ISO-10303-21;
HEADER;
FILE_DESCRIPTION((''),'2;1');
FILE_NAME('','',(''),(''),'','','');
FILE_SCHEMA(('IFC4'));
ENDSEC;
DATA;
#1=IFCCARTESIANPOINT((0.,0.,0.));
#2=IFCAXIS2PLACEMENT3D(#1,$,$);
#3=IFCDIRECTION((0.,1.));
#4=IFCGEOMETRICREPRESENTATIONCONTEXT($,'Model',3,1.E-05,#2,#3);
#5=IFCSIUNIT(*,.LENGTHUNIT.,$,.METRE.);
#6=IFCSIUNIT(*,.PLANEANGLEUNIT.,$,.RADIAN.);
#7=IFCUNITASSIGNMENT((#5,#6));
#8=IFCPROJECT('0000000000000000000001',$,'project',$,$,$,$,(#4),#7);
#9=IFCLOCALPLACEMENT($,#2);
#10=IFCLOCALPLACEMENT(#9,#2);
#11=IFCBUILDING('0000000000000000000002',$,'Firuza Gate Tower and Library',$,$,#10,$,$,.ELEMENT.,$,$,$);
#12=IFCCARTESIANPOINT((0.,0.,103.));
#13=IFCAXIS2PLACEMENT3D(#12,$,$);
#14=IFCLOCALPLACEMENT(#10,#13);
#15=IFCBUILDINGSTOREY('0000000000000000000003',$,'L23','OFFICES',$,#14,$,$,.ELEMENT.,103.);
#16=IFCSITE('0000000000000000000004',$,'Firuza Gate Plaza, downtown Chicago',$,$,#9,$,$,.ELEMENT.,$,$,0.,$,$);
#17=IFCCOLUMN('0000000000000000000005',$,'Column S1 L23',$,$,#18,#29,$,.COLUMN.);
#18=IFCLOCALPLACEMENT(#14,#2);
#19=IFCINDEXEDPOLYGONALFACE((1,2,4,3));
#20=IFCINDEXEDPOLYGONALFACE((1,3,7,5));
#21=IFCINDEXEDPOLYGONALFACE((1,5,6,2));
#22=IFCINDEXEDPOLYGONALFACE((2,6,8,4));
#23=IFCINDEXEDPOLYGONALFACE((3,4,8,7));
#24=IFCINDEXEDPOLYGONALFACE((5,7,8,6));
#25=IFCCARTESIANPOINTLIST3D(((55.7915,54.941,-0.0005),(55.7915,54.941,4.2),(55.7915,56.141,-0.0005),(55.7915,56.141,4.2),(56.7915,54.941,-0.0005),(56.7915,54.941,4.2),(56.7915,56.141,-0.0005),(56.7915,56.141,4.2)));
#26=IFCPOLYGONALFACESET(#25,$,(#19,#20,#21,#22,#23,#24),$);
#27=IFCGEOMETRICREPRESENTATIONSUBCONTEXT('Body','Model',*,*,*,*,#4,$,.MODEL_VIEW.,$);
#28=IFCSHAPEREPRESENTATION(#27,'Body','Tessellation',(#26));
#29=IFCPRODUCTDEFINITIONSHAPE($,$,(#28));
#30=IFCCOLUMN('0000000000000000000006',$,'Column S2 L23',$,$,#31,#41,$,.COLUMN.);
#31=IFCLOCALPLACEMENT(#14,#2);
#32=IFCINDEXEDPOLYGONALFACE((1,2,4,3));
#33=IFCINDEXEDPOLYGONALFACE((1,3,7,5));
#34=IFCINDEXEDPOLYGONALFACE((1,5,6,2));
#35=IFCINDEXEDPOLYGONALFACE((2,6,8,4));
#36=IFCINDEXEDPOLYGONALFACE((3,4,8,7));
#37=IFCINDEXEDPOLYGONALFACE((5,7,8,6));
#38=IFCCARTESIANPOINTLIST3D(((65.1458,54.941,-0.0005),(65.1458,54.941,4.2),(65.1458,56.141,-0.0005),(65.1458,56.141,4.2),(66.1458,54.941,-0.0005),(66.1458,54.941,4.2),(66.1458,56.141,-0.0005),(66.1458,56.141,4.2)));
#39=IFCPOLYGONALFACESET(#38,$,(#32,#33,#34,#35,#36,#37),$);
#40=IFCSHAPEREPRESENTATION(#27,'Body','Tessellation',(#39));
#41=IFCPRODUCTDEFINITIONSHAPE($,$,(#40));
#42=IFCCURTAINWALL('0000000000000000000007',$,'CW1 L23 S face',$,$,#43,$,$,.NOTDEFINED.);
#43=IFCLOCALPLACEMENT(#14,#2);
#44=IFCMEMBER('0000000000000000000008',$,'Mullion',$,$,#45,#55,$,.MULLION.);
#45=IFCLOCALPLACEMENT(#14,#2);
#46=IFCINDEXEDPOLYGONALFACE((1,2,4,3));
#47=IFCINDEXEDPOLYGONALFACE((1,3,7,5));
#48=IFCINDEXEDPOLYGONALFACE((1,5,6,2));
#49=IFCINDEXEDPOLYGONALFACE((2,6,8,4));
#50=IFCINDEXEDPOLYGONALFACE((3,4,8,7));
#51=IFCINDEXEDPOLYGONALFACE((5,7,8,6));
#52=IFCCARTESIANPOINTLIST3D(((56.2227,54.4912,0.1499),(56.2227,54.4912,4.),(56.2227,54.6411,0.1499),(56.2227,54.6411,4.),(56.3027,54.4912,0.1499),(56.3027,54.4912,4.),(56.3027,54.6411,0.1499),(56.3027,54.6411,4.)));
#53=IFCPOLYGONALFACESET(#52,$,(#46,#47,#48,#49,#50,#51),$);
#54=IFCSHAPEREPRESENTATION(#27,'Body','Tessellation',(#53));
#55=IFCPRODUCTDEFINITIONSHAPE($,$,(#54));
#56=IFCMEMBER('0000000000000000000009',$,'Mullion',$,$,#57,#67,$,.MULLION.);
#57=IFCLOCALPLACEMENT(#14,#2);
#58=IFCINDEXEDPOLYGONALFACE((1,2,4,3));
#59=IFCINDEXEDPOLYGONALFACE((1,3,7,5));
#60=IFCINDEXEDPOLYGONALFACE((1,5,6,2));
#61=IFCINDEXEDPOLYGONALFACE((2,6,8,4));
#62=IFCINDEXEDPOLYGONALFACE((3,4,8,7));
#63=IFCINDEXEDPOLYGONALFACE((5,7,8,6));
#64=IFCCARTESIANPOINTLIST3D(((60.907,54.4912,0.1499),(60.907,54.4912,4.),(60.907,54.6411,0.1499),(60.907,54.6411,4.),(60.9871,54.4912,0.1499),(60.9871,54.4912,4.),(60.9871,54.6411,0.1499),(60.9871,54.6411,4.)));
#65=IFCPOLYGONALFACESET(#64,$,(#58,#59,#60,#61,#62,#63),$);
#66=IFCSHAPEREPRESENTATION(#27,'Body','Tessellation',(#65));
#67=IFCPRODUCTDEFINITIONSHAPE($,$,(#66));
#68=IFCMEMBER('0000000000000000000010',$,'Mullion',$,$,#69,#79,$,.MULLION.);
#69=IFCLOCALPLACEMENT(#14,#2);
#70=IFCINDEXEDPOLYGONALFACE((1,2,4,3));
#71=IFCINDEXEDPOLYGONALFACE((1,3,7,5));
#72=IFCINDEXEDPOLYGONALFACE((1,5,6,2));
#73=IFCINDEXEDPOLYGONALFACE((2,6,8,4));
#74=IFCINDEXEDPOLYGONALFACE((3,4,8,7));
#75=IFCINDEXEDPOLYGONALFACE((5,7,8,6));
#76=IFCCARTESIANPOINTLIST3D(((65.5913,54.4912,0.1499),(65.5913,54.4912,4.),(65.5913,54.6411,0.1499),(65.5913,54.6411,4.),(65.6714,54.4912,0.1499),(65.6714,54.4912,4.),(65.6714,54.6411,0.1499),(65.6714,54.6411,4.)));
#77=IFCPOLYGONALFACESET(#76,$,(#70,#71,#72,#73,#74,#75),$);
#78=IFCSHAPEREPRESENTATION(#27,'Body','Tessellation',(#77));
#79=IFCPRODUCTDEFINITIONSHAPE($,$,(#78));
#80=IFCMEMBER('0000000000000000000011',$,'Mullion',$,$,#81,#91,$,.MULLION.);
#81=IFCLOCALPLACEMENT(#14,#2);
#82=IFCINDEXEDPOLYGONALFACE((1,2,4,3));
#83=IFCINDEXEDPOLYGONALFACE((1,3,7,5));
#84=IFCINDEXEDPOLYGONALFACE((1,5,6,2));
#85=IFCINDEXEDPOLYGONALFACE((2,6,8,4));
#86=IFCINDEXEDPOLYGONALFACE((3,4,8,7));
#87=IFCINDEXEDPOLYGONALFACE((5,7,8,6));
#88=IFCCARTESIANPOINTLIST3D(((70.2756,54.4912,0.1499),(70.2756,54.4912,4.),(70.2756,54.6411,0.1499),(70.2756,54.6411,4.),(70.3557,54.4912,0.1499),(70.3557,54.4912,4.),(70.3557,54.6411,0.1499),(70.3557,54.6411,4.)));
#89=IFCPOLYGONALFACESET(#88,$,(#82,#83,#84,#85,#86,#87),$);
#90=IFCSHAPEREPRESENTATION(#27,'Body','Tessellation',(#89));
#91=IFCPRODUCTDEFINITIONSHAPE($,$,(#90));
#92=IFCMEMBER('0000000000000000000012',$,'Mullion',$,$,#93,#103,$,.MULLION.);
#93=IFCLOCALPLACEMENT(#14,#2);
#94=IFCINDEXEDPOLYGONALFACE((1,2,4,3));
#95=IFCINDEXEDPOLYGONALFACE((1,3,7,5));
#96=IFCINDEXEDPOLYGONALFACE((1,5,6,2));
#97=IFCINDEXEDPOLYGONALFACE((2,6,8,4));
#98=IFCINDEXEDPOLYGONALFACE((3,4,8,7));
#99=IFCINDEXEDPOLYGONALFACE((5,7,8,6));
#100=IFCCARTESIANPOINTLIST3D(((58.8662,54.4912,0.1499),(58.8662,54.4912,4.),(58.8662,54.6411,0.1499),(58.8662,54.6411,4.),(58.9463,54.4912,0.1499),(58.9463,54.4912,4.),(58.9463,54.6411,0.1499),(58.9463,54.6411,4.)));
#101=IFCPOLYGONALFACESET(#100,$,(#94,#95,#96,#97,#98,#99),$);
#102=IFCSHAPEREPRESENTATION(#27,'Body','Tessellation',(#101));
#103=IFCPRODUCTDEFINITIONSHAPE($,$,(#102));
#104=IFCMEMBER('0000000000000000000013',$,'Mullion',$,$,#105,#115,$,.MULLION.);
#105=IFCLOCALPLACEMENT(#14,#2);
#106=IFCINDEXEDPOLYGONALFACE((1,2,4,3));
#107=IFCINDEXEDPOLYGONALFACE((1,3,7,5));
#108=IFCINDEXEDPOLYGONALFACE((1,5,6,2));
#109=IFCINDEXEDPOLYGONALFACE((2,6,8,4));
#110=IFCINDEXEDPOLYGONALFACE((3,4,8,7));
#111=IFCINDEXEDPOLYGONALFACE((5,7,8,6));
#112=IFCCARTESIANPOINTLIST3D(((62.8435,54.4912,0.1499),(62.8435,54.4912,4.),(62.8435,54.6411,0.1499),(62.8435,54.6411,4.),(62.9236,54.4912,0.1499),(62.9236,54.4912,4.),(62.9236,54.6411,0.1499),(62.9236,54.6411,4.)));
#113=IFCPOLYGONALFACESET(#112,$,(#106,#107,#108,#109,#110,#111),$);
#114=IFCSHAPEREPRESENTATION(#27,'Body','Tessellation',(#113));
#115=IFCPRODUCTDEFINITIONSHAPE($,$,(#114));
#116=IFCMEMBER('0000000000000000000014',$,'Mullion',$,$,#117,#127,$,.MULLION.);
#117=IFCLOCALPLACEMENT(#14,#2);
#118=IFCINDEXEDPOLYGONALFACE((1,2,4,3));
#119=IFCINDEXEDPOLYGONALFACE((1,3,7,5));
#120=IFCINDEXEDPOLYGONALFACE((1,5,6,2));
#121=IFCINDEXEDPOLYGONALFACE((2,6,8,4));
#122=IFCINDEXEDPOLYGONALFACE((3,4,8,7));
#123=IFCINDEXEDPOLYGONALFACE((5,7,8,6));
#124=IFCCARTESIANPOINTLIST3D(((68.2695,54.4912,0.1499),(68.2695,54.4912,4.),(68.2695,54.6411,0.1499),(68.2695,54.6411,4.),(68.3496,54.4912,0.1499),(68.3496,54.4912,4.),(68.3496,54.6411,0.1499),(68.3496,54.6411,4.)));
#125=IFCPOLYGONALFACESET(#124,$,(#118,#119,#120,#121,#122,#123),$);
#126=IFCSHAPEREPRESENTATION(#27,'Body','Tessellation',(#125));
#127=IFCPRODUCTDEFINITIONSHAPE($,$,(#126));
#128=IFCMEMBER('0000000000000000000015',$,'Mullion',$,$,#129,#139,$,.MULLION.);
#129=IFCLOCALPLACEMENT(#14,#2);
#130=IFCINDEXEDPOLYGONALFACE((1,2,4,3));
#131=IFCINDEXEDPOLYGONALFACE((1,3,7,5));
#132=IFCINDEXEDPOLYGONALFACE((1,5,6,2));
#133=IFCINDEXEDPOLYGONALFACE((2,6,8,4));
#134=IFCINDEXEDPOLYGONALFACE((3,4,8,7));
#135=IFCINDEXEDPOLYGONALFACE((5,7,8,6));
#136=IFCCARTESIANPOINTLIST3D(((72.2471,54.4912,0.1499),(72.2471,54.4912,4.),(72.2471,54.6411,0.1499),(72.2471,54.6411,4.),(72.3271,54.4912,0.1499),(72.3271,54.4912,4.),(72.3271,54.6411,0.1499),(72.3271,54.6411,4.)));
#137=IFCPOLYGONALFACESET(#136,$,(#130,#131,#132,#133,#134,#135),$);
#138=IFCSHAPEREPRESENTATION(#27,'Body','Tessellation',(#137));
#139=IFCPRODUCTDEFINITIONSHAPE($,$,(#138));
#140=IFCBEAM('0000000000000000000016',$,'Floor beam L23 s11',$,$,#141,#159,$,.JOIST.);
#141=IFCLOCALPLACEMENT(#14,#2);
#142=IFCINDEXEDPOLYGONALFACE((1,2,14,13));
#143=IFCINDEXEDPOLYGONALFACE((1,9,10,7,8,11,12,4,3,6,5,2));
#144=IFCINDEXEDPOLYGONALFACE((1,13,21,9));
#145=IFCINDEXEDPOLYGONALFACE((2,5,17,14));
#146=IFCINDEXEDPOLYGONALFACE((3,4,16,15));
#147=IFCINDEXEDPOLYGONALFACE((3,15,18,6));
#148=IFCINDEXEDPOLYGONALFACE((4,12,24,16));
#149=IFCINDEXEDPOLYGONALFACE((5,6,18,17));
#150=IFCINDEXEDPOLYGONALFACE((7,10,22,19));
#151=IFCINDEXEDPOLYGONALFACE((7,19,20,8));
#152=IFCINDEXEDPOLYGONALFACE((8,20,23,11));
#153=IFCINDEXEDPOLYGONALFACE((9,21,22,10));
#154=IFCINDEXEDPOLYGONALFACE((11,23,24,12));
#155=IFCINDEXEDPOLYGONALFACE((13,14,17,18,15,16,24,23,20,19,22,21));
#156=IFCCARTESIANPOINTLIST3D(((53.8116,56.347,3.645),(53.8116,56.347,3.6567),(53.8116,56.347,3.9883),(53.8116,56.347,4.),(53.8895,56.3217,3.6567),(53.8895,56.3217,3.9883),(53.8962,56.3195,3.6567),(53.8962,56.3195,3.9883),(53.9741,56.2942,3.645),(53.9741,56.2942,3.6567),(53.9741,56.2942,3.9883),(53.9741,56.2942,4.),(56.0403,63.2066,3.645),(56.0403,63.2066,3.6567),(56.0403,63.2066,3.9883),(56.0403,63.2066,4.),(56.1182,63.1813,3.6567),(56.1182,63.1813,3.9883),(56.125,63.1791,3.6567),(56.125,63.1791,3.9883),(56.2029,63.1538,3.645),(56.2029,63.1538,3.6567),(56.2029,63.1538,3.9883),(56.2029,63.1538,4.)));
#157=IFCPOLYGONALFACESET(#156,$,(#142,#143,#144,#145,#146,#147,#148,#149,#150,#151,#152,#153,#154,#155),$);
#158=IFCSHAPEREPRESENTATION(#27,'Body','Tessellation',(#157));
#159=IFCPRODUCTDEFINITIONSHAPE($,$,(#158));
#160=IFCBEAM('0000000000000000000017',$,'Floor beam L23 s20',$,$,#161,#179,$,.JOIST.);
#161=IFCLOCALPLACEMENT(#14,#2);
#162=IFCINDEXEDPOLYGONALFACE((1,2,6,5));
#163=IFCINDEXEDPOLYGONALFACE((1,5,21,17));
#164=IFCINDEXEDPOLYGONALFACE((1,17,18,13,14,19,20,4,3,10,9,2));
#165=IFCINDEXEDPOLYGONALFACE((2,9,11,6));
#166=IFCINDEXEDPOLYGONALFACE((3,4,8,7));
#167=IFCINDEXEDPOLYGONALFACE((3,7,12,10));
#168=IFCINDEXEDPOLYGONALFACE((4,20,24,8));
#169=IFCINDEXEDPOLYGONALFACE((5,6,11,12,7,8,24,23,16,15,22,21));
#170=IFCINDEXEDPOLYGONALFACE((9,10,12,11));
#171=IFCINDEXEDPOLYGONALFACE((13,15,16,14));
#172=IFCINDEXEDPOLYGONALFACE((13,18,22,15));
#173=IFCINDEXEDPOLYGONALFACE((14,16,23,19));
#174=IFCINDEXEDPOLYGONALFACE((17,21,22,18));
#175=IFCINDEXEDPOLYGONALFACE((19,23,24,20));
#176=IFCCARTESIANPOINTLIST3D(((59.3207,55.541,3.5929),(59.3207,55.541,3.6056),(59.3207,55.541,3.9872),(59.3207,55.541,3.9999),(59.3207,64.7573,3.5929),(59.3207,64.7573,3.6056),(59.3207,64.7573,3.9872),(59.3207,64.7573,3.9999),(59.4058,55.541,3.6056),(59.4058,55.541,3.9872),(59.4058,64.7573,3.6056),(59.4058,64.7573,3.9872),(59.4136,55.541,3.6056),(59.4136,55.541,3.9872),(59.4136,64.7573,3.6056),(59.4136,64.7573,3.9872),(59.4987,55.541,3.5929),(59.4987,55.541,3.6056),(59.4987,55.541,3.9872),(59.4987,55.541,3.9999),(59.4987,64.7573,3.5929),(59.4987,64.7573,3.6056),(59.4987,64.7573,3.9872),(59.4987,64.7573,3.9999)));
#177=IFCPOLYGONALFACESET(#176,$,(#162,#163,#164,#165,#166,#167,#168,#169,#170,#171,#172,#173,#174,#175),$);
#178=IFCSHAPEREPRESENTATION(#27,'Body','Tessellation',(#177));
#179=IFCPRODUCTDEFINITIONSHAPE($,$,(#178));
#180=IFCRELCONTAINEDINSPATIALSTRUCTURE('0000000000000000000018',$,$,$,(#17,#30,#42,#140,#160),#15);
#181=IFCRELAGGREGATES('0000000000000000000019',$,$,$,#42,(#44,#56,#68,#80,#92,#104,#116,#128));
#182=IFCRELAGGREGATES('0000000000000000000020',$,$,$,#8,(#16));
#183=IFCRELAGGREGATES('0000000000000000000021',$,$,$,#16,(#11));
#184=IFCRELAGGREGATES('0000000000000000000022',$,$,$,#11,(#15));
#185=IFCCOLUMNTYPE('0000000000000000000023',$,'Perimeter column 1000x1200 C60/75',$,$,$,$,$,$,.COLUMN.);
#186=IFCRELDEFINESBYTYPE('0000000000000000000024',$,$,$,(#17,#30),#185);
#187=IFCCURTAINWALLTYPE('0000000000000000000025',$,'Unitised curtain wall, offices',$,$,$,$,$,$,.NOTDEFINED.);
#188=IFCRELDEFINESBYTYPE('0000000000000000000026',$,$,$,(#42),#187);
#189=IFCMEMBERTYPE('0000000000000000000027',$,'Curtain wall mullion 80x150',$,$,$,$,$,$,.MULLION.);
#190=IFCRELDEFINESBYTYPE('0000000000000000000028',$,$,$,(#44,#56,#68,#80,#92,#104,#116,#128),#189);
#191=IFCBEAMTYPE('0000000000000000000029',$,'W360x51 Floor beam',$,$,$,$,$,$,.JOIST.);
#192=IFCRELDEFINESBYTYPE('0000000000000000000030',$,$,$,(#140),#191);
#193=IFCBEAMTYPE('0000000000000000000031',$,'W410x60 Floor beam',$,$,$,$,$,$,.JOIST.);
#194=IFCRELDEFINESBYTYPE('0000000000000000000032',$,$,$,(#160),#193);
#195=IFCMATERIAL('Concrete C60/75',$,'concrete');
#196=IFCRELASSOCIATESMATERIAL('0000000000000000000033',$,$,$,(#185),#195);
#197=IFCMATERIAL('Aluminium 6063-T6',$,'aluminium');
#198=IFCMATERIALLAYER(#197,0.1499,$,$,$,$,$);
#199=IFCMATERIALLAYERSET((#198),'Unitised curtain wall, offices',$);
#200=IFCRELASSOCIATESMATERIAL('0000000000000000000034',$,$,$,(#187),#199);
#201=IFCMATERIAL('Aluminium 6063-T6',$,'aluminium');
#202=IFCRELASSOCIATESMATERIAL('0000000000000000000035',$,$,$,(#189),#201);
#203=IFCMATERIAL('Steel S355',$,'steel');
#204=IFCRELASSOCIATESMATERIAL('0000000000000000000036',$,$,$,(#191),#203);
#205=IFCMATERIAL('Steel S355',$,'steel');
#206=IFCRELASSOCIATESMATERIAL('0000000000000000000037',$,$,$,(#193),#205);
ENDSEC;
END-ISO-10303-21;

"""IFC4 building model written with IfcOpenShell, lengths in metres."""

from ifc_helpers import new_model, si_unit, direction, frame, origin, origin_2d, place, context, subcontext, project, spatial, rectangle, i_section, extrude, material, layer, layer_set, material_profile, profile_set, type_object, element, aggregate, save


model = new_model("IFC4")

# Units and contexts
model_context = context("Model", 3, precision=1e-05, world=origin(), true_north=direction((0.0, 1.0)))
body_context = subcontext(model_context, "Body", "Model", "MODEL_VIEW")
ifc_project = project(units=[si_unit("LENGTHUNIT", "METRE"), si_unit("PLANEANGLEUNIT", "RADIAN")], contexts=[model_context])

# Site, building, storey
site_placement = place(None, origin())
site = spatial("IfcSite", under=ifc_project, at=site_placement, Name="Firuza Gate Plaza, downtown Chicago", CompositionType="ELEMENT", RefElevation=0.0)
building_placement = place(site_placement, origin())
building = spatial("IfcBuilding", under=site, at=building_placement, Name="Firuza Gate Tower and Library", CompositionType="ELEMENT")
storey_placement = place(building_placement, frame((0.0, 0.0, 103.0)))
storey = spatial("IfcBuildingStorey", under=building, at=storey_placement, Name="L23", Description="OFFICES", CompositionType="ELEMENT", Elevation=103.0)

# Columns
ifc_material_1 = material(Name="Concrete C60/75", Category="concrete")
ifc_material_profile_1 = material_profile(ifc_material_1, rectangle(XDim=1.0, YDim=1.2, at=origin_2d()))
ifc_profile_set_1 = profile_set([ifc_material_profile_1], Name="Concrete C60/75")
column_type = type_object("IfcColumnType", Name="Perimeter column 1000x1200 C60/75", PredefinedType="COLUMN", material=ifc_profile_set_1)
for number, where, z_axis, x_axis, name in (
    (1, (56.2915, 55.541, -0.0005), (0.0, 0.0, 1.0), (1.0, 0.0, 0.0), "Column S1 L23"),
    (2, (65.6458, 55.541, -0.0005), (0.0, 0.0, 1.0), (1.0, 0.0, 0.0), "Column S2 L23"),
):
    element("IfcColumn", number, at=place(storey_placement, frame(where, z_axis=z_axis, x_axis=x_axis)), inside=storey, type_object=column_type, Name=name, PredefinedType="COLUMN", context=body_context, shape_type="SweptSolid", body=[
        extrude(rectangle(XDim=1.0, YDim=1.2, at=origin_2d()), origin(), (0.0, 0.0, 1.0), 4.2004),
    ])

# Curtain wall, members
ifc_material_2 = material(Name="Aluminium 6063-T6", Category="aluminium")
ifc_layer_1 = layer(ifc_material_2, 0.1499)
ifc_layer_set_1 = layer_set([ifc_layer_1], Name="Unitised curtain wall, offices")
curtain_wall_type = type_object("IfcCurtainWallType", Name="Unitised curtain wall, offices", PredefinedType="NOTDEFINED", material=ifc_layer_set_1)
curtain_wall_placement = place(storey_placement, origin())
curtain_wall = element("IfcCurtainWall", 3, at=curtain_wall_placement, inside=storey, type_object=curtain_wall_type, Name="CW1 L23 S face", PredefinedType="NOTDEFINED")
ifc_material_3 = material(Name="Aluminium 6063-T6", Category="aluminium")
ifc_material_profile_2 = material_profile(ifc_material_3, rectangle(XDim=0.1499, YDim=0.0801, at=origin_2d()))
ifc_profile_set_2 = profile_set([ifc_material_profile_2], Name="Aluminium 6063-T6")
member_type = type_object("IfcMemberType", Name="Curtain wall mullion 80x150", PredefinedType="MULLION", material=ifc_profile_set_2)
member_1_placement = place(storey_placement, frame((56.2627, 54.5662, 0.1499), z_axis=(0.0, 0.0, 1.0), x_axis=(0.0, 1.0, 0.0)))
member_1 = element("IfcMember", 4, at=member_1_placement, type_object=member_type, Name="Mullion", PredefinedType="MULLION", context=body_context, shape_type="SweptSolid", body=[
    extrude(rectangle(XDim=0.1499, YDim=0.0801, at=origin_2d()), origin(), (0.0, 0.0, 1.0), 3.8501),
])
member_2_placement = place(storey_placement, frame((60.947, 54.5662, 0.1499), z_axis=(0.0, 0.0, 1.0), x_axis=(0.0, 1.0, 0.0)))
member_2 = element("IfcMember", 5, at=member_2_placement, type_object=member_type, Name="Mullion", PredefinedType="MULLION", context=body_context, shape_type="SweptSolid", body=[
    extrude(rectangle(XDim=0.1499, YDim=0.0801, at=origin_2d()), origin(), (0.0, 0.0, 1.0), 3.8501),
])
member_3_placement = place(storey_placement, frame((65.6313, 54.5662, 0.1499), z_axis=(0.0, 0.0, 1.0), x_axis=(0.0, 1.0, 0.0)))
member_3 = element("IfcMember", 6, at=member_3_placement, type_object=member_type, Name="Mullion", PredefinedType="MULLION", context=body_context, shape_type="SweptSolid", body=[
    extrude(rectangle(XDim=0.1499, YDim=0.0801, at=origin_2d()), origin(), (0.0, 0.0, 1.0), 3.8501),
])
member_4_placement = place(storey_placement, frame((70.3157, 54.5662, 0.1499), z_axis=(0.0, 0.0, 1.0), x_axis=(0.0, 1.0, 0.0)))
member_4 = element("IfcMember", 7, at=member_4_placement, type_object=member_type, Name="Mullion", PredefinedType="MULLION", context=body_context, shape_type="SweptSolid", body=[
    extrude(rectangle(XDim=0.1499, YDim=0.0801, at=origin_2d()), origin(), (0.0, 0.0, 1.0), 3.8501),
])
member_5_placement = place(storey_placement, frame((58.9062, 54.5662, 0.1499), z_axis=(0.0, 0.0, 1.0), x_axis=(0.0, 1.0, 0.0)))
member_5 = element("IfcMember", 8, at=member_5_placement, type_object=member_type, Name="Mullion", PredefinedType="MULLION", context=body_context, shape_type="SweptSolid", body=[
    extrude(rectangle(XDim=0.1499, YDim=0.0801, at=origin_2d()), origin(), (0.0, 0.0, 1.0), 3.8501),
])
member_6_placement = place(storey_placement, frame((62.8835, 54.5662, 0.1499), z_axis=(0.0, 0.0, 1.0), x_axis=(0.0, 1.0, 0.0)))
member_6 = element("IfcMember", 9, at=member_6_placement, type_object=member_type, Name="Mullion", PredefinedType="MULLION", context=body_context, shape_type="SweptSolid", body=[
    extrude(rectangle(XDim=0.1499, YDim=0.0801, at=origin_2d()), origin(), (0.0, 0.0, 1.0), 3.8501),
])
member_7_placement = place(storey_placement, frame((68.3096, 54.5662, 0.1499), z_axis=(0.0, 0.0, 1.0), x_axis=(0.0, 1.0, 0.0)))
member_7 = element("IfcMember", 10, at=member_7_placement, type_object=member_type, Name="Mullion", PredefinedType="MULLION", context=body_context, shape_type="SweptSolid", body=[
    extrude(rectangle(XDim=0.1499, YDim=0.0801, at=origin_2d()), origin(), (0.0, 0.0, 1.0), 3.8501),
])
member_8_placement = place(storey_placement, frame((72.2871, 54.5662, 0.1499), z_axis=(0.0, 0.0, 1.0), x_axis=(0.0, 1.0, 0.0)))
member_8 = element("IfcMember", 11, at=member_8_placement, type_object=member_type, Name="Mullion", PredefinedType="MULLION", context=body_context, shape_type="SweptSolid", body=[
    extrude(rectangle(XDim=0.1499, YDim=0.0801, at=origin_2d()), origin(), (0.0, 0.0, 1.0), 3.8501),
])

# Beams
ifc_material_4 = material(Name="Steel S355", Category="steel")
ifc_material_profile_3 = material_profile(ifc_material_4, i_section(OverallWidth=0.1709, OverallDepth=0.355, WebThickness=0.0071, FlangeThickness=0.0117, at=origin_2d()))
ifc_profile_set_3 = profile_set([ifc_material_profile_3], Name="Steel S355")
beam_type_1 = type_object("IfcBeamType", Name="W360x51 Floor beam", PredefinedType="JOIST", material=ifc_profile_set_3)
beam_1_placement = place(storey_placement, frame((53.8928, 56.3206, 3.8225), z_axis=(0.309009, 0.951059, 0.0), x_axis=(-0.951059, 0.309009, 0.0)))
element("IfcBeam", 12, at=beam_1_placement, inside=storey, type_object=beam_type_1, Name="Floor beam L23 s11", PredefinedType="JOIST", context=body_context, shape_type="SweptSolid", body=[
    extrude(i_section(OverallWidth=0.1709, OverallDepth=0.355, WebThickness=0.0071, FlangeThickness=0.0117, at=origin_2d()), origin(), (0.0, 0.0, 1.0), 7.2126),
])
ifc_material_5 = material(Name="Steel S355", Category="steel")
ifc_material_profile_4 = material_profile(ifc_material_5, i_section(OverallWidth=0.178, OverallDepth=0.407, WebThickness=0.0078, FlangeThickness=0.0127, at=origin_2d()))
ifc_profile_set_4 = profile_set([ifc_material_profile_4], Name="Steel S355")
beam_type_2 = type_object("IfcBeamType", Name="W410x60 Floor beam", PredefinedType="JOIST", material=ifc_profile_set_4)
beam_2_placement = place(storey_placement, frame((59.4097, 55.541, 3.7964), z_axis=(0.0, 1.0, 0.0), x_axis=(-1.0, 0.0, 0.0)))
element("IfcBeam", 13, at=beam_2_placement, inside=storey, type_object=beam_type_2, Name="Floor beam L23 s20", PredefinedType="JOIST", context=body_context, shape_type="SweptSolid", body=[
    extrude(i_section(OverallWidth=0.178, OverallDepth=0.407, WebThickness=0.0078, FlangeThickness=0.0127, at=origin_2d()), origin(), (0.0, 0.0, 1.0), 9.2163),
])

aggregate(curtain_wall, [member_1, member_2, member_3, member_4, member_5, member_6, member_7, member_8])

save(model, "model.ifc")
